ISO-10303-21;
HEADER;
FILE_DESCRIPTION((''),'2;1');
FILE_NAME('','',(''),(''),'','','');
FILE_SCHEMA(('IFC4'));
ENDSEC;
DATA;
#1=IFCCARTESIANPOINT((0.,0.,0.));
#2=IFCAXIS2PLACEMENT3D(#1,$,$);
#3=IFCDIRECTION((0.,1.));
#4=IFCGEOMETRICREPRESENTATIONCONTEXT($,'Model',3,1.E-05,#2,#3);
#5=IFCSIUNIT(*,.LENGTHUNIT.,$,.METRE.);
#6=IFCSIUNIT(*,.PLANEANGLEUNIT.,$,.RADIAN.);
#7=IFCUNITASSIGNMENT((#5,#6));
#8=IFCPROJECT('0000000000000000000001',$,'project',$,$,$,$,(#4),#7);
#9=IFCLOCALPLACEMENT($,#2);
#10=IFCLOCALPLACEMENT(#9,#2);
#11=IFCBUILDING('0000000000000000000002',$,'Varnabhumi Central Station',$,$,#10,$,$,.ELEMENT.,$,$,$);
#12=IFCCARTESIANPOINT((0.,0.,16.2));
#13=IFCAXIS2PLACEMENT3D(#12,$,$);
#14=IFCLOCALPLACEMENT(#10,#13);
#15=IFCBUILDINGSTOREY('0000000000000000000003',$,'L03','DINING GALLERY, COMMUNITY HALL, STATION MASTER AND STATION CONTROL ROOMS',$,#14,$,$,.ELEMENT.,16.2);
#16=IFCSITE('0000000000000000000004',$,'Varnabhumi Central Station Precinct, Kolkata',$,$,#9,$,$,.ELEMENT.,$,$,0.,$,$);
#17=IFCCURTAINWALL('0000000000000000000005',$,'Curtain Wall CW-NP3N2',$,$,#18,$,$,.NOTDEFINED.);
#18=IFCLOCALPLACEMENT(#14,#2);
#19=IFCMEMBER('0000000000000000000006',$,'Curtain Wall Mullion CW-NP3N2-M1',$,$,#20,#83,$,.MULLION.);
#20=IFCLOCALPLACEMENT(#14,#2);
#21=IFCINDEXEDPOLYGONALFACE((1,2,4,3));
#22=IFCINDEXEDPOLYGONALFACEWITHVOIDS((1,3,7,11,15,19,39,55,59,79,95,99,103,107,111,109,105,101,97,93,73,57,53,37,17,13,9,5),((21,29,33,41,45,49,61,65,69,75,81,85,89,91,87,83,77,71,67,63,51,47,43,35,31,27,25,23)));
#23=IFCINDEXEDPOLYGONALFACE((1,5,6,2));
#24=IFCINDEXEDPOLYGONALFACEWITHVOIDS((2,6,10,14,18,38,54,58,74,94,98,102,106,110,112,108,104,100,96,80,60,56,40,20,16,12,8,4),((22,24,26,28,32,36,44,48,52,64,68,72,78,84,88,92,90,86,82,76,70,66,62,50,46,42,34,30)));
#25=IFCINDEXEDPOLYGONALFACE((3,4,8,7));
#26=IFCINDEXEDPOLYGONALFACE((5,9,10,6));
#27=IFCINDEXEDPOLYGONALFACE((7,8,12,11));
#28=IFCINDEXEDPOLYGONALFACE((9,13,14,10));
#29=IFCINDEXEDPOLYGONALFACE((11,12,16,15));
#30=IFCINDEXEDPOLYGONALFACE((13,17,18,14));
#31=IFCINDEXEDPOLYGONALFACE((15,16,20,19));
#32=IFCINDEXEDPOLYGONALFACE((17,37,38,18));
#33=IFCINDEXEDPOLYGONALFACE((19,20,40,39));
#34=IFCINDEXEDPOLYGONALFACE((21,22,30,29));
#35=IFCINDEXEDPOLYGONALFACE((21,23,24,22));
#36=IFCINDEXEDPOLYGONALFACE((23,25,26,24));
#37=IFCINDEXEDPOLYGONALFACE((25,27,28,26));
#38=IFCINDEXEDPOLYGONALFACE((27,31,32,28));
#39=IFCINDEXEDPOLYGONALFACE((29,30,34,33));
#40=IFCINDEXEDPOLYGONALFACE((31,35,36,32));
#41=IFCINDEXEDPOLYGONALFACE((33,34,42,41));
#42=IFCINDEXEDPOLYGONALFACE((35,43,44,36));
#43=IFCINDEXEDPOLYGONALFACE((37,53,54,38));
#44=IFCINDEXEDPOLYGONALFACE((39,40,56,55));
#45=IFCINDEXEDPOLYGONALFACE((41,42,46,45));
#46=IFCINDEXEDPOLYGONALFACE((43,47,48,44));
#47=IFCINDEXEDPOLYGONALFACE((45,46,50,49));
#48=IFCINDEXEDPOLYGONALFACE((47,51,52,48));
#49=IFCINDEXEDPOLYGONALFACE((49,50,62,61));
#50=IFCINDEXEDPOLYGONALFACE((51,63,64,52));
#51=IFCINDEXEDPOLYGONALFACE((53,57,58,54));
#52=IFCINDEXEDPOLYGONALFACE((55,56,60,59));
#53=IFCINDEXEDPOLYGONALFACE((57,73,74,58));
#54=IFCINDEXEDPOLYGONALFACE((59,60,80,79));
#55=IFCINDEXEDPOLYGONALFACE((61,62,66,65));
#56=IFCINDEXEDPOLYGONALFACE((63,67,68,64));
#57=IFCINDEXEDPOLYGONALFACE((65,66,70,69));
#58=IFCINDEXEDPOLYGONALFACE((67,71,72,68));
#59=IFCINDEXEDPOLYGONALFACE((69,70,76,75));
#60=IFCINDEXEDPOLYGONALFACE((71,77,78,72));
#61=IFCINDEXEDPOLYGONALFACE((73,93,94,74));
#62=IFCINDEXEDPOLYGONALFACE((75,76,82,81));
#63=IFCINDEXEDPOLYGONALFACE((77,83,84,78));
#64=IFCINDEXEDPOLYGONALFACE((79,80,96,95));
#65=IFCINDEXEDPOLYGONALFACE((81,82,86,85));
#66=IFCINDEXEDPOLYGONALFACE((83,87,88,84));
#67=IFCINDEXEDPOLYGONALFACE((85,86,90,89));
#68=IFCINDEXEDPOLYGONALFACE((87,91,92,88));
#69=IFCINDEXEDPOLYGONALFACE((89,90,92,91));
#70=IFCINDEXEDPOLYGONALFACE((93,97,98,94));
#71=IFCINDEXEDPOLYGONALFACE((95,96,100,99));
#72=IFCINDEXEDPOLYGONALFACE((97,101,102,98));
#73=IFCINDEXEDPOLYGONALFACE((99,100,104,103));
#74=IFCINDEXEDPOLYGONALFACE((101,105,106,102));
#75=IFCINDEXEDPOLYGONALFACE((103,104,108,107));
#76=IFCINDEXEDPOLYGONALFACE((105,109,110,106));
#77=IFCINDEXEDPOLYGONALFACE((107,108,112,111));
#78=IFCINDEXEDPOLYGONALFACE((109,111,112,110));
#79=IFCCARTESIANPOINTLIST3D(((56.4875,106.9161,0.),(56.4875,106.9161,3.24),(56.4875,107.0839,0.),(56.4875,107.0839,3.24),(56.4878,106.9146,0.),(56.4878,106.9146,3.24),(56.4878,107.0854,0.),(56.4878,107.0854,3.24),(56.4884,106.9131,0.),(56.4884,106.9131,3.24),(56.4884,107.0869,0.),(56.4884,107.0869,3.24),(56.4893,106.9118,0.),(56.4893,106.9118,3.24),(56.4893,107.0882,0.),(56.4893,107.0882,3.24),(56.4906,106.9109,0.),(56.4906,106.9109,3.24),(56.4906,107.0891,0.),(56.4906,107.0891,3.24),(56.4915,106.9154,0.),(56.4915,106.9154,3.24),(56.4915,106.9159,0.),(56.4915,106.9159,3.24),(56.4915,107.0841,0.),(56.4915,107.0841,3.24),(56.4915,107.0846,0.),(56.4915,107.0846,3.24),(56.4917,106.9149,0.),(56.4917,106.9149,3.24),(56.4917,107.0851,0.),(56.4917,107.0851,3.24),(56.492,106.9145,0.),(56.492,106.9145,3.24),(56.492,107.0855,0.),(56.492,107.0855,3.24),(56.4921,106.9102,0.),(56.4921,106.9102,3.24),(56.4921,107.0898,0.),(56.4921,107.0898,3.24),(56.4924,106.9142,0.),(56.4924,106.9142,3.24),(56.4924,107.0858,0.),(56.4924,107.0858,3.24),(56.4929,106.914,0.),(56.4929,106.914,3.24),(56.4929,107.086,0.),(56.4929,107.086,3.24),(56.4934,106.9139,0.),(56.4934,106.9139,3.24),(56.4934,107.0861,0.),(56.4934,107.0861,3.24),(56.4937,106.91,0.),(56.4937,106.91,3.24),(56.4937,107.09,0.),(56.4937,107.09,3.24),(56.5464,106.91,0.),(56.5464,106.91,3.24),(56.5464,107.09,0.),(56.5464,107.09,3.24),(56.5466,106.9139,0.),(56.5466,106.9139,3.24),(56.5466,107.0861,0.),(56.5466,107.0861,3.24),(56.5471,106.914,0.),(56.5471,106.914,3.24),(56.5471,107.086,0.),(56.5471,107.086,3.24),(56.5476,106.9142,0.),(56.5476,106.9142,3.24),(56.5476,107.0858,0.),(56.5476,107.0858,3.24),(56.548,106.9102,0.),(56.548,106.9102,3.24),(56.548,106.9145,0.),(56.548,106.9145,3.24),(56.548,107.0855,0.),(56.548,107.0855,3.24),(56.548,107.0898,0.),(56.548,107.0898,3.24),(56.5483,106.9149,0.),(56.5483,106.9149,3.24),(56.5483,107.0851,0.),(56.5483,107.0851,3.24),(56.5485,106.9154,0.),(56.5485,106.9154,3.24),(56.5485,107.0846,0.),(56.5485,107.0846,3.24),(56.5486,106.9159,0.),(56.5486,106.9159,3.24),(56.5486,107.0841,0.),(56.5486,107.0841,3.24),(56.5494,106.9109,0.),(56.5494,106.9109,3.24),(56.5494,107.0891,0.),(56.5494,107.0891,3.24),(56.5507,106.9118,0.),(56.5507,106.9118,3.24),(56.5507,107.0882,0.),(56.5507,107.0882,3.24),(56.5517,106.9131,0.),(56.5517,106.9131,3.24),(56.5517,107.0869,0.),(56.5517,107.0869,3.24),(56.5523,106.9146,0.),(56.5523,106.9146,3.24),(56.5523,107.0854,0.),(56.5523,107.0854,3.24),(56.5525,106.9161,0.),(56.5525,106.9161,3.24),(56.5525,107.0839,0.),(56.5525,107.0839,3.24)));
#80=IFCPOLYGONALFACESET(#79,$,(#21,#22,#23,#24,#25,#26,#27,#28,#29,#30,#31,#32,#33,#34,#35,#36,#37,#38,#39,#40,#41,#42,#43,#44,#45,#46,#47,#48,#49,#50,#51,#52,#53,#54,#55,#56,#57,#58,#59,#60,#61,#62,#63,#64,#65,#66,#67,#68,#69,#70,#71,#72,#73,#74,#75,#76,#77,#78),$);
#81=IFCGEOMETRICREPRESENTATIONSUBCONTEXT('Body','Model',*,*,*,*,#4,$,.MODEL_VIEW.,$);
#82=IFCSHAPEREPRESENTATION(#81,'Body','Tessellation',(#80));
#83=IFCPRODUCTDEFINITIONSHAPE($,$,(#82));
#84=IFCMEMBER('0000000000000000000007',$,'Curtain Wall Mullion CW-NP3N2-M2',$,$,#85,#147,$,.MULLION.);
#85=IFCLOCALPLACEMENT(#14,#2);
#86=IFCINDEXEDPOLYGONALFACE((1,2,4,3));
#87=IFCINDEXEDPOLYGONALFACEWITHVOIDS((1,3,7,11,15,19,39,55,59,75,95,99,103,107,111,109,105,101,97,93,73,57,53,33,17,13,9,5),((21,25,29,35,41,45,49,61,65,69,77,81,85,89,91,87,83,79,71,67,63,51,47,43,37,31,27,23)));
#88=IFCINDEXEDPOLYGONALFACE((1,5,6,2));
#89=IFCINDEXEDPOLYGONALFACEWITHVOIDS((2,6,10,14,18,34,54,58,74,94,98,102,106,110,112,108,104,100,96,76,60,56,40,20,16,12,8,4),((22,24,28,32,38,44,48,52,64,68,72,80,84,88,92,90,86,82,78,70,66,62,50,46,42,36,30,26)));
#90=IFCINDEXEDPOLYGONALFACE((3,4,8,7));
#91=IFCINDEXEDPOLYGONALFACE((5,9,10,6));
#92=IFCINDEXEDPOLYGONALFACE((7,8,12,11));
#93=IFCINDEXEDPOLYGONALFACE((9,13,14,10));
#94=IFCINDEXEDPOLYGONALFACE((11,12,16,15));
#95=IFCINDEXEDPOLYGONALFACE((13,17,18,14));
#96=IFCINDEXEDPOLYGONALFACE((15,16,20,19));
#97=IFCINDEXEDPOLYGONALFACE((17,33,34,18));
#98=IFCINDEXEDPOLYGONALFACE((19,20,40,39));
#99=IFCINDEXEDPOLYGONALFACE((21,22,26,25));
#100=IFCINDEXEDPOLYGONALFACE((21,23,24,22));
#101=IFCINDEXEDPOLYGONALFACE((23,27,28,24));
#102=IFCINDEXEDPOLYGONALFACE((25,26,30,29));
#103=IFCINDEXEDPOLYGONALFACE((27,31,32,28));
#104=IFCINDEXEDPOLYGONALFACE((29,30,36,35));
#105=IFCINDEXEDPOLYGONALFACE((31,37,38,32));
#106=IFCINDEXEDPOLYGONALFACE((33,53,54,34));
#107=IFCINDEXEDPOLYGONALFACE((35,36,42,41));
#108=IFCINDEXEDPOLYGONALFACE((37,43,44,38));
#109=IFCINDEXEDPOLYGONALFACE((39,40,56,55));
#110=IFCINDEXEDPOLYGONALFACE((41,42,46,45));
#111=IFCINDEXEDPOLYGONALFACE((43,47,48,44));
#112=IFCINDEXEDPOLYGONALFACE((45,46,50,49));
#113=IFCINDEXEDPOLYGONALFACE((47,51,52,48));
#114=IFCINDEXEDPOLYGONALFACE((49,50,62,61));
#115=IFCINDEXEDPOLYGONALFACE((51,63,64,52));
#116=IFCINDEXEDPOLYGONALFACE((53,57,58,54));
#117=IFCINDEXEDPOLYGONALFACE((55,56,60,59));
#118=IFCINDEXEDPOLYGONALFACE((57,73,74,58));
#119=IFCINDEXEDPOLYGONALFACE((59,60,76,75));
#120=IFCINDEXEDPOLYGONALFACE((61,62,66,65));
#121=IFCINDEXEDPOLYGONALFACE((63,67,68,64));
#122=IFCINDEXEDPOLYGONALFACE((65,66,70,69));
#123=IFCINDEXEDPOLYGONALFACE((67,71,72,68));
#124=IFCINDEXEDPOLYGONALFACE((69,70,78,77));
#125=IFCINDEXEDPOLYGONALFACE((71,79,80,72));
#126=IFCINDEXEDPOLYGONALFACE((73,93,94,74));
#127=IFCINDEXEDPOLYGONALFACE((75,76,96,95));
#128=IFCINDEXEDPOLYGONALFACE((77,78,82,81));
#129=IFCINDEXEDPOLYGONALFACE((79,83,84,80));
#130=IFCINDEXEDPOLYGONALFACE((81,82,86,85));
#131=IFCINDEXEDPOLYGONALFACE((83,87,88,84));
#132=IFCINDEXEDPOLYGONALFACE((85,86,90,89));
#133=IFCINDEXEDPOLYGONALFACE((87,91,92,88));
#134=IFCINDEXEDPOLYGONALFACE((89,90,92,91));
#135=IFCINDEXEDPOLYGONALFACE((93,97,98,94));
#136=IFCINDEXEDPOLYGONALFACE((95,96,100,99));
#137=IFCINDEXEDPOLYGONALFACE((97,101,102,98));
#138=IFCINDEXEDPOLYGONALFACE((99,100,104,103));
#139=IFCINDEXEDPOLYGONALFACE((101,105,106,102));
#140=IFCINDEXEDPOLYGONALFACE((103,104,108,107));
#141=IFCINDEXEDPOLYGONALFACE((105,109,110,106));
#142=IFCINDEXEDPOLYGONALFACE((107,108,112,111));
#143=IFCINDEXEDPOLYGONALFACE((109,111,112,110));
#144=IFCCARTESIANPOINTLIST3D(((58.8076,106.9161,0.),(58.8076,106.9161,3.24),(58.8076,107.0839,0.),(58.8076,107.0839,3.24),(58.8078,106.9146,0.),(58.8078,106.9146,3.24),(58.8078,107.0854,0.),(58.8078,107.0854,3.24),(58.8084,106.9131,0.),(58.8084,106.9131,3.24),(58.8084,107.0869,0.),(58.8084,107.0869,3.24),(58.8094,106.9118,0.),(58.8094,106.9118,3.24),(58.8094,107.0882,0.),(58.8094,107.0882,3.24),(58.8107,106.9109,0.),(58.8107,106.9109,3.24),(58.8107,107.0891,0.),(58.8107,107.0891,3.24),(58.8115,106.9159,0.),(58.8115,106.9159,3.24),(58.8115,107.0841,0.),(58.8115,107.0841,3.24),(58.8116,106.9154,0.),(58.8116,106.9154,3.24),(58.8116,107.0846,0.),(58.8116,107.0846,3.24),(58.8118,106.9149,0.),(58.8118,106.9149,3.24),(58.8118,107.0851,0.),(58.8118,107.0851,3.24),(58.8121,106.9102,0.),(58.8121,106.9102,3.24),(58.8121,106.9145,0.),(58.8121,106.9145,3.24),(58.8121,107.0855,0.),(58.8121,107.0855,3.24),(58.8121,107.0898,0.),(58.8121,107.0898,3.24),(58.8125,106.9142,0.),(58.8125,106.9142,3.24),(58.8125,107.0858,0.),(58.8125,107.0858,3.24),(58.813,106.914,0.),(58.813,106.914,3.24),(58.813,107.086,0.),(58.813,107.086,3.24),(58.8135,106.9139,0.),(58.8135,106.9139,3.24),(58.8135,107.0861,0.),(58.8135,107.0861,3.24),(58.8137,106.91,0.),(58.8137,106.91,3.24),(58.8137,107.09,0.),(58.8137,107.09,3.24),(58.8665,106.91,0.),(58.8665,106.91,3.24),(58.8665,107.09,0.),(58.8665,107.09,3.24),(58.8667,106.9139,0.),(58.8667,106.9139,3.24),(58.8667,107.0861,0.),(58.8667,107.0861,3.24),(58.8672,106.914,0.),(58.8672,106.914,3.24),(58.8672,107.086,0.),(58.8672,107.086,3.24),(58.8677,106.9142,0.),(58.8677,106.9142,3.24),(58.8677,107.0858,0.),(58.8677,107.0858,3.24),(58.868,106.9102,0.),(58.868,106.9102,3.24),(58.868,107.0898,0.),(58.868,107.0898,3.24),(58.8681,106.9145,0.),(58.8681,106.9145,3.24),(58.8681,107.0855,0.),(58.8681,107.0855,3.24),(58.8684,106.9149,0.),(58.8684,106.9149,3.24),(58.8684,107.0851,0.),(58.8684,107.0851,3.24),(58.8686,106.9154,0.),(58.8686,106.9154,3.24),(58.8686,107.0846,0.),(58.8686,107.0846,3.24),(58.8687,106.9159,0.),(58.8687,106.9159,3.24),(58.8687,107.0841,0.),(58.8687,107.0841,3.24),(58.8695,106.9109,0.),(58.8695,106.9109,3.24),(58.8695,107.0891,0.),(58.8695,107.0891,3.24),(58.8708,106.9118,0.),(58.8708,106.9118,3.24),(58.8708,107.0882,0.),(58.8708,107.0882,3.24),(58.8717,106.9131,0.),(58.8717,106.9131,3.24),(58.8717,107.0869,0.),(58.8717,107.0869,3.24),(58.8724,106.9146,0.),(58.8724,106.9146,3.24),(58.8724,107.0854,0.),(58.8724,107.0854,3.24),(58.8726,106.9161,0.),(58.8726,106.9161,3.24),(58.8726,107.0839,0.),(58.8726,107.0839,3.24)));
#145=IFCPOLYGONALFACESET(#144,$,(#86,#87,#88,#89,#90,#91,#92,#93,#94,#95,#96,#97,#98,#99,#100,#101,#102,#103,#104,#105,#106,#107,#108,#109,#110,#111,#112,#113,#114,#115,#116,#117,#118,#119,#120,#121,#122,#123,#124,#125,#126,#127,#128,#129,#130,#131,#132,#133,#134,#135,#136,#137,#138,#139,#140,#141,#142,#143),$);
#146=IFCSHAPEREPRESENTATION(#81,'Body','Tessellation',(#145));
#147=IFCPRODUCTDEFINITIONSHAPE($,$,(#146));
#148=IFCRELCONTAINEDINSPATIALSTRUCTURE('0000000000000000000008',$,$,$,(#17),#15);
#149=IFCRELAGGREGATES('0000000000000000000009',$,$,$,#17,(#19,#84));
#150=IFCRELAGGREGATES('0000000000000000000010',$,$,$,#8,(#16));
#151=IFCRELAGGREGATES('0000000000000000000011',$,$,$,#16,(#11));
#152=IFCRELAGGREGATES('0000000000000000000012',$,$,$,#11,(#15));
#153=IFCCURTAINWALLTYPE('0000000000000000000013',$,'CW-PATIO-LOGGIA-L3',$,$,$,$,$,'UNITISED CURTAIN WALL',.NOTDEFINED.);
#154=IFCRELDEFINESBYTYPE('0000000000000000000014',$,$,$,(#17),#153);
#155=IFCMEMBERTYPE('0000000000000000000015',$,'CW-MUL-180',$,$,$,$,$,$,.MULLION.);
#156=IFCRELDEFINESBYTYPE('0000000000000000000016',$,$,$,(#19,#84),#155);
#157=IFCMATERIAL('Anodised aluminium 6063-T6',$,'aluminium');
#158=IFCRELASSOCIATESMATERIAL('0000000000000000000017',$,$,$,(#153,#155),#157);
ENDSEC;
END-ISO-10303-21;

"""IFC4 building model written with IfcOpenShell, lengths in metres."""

from ifc_helpers import new_model, si_unit, direction, frame, origin, origin_2d, place, context, subcontext, project, spatial, hollow_rectangle, extrude, material, material_profile, profile_set, type_object, element, aggregate, save


model = new_model("IFC4")

# Units and contexts
model_context = context("Model", 3, precision=1e-05, world=origin(), true_north=direction((0.0, 1.0)))
body_context = subcontext(model_context, "Body", "Model", "MODEL_VIEW")
ifc_project = project(units=[si_unit("LENGTHUNIT", "METRE"), si_unit("PLANEANGLEUNIT", "RADIAN")], contexts=[model_context])

# Site, building, storey
site_placement = place(None, origin())
site = spatial("IfcSite", under=ifc_project, at=site_placement, Name="Varnabhumi Central Station Precinct, Kolkata", CompositionType="ELEMENT", RefElevation=0.0)
building_placement = place(site_placement, origin())
building = spatial("IfcBuilding", under=site, at=building_placement, Name="Varnabhumi Central Station", CompositionType="ELEMENT")
storey_placement = place(building_placement, frame((0.0, 0.0, 16.2)))
storey = spatial("IfcBuildingStorey", under=building, at=storey_placement, Name="L03", Description="DINING GALLERY, COMMUNITY HALL, STATION MASTER AND STATION CONTROL ROOMS", CompositionType="ELEMENT", Elevation=16.2)

# Curtain wall, members
ifc_material_1 = material(Name="Anodised aluminium 6063-T6", Category="aluminium")
curtain_wall_type = type_object("IfcCurtainWallType", Name="CW-PATIO-LOGGIA-L3", ElementType="UNITISED CURTAIN WALL", PredefinedType="NOTDEFINED", material=ifc_material_1)
ifc_material_profile_1 = material_profile(ifc_material_1, hollow_rectangle(XDim=0.0649, YDim=0.1799, WallThickness=0.0039, InnerFilletRadius=0.002, OuterFilletRadius=0.0061, at=origin_2d()), Name="Anodised aluminium 6063-T6", Category="aluminium")
ifc_profile_set_1 = profile_set([ifc_material_profile_1], Name="Anodised aluminium 6063-T6")
member_type_1 = type_object("IfcMemberType", Name="CW-MUL-180", PredefinedType="MULLION", material=ifc_profile_set_1)
curtain_wall_1_placement = place(storey_placement, origin())
curtain_wall_1 = element("IfcCurtainWall", 1, at=curtain_wall_1_placement, inside=storey, type_object=curtain_wall_type, Name="Curtain Wall CW-NP3N2", PredefinedType="NOTDEFINED")
member_1_placement = place(storey_placement, frame((56.52, 107.0, 0.0), z_axis=(0.0, 0.0, 1.0), x_axis=(1.0, 0.0, 0.0)))
member_1 = element("IfcMember", 2, at=member_1_placement, type_object=member_type_1, Name="Curtain Wall Mullion CW-NP3N2-M1", PredefinedType="MULLION", context=body_context, shape_type="SweptSolid", body=[
    extrude(hollow_rectangle(XDim=0.0649, YDim=0.1799, WallThickness=0.0039, InnerFilletRadius=0.002, OuterFilletRadius=0.0061, at=origin_2d()), origin(), (0.0, 0.0, 1.0), 3.24),
])
member_2_placement = place(storey_placement, frame((58.8401, 107.0, 0.0), z_axis=(0.0, 0.0, 1.0), x_axis=(1.0, 0.0, 0.0)))
member_2 = element("IfcMember", 3, at=member_2_placement, type_object=member_type_1, Name="Curtain Wall Mullion CW-NP3N2-M2", PredefinedType="MULLION", context=body_context, shape_type="SweptSolid", body=[
    extrude(hollow_rectangle(XDim=0.0649, YDim=0.1799, WallThickness=0.0039, InnerFilletRadius=0.002, OuterFilletRadius=0.0061, at=origin_2d()), origin(), (0.0, 0.0, 1.0), 3.24),
])

aggregate(curtain_wall_1, [member_1, member_2])

save(model, "model.ifc")
